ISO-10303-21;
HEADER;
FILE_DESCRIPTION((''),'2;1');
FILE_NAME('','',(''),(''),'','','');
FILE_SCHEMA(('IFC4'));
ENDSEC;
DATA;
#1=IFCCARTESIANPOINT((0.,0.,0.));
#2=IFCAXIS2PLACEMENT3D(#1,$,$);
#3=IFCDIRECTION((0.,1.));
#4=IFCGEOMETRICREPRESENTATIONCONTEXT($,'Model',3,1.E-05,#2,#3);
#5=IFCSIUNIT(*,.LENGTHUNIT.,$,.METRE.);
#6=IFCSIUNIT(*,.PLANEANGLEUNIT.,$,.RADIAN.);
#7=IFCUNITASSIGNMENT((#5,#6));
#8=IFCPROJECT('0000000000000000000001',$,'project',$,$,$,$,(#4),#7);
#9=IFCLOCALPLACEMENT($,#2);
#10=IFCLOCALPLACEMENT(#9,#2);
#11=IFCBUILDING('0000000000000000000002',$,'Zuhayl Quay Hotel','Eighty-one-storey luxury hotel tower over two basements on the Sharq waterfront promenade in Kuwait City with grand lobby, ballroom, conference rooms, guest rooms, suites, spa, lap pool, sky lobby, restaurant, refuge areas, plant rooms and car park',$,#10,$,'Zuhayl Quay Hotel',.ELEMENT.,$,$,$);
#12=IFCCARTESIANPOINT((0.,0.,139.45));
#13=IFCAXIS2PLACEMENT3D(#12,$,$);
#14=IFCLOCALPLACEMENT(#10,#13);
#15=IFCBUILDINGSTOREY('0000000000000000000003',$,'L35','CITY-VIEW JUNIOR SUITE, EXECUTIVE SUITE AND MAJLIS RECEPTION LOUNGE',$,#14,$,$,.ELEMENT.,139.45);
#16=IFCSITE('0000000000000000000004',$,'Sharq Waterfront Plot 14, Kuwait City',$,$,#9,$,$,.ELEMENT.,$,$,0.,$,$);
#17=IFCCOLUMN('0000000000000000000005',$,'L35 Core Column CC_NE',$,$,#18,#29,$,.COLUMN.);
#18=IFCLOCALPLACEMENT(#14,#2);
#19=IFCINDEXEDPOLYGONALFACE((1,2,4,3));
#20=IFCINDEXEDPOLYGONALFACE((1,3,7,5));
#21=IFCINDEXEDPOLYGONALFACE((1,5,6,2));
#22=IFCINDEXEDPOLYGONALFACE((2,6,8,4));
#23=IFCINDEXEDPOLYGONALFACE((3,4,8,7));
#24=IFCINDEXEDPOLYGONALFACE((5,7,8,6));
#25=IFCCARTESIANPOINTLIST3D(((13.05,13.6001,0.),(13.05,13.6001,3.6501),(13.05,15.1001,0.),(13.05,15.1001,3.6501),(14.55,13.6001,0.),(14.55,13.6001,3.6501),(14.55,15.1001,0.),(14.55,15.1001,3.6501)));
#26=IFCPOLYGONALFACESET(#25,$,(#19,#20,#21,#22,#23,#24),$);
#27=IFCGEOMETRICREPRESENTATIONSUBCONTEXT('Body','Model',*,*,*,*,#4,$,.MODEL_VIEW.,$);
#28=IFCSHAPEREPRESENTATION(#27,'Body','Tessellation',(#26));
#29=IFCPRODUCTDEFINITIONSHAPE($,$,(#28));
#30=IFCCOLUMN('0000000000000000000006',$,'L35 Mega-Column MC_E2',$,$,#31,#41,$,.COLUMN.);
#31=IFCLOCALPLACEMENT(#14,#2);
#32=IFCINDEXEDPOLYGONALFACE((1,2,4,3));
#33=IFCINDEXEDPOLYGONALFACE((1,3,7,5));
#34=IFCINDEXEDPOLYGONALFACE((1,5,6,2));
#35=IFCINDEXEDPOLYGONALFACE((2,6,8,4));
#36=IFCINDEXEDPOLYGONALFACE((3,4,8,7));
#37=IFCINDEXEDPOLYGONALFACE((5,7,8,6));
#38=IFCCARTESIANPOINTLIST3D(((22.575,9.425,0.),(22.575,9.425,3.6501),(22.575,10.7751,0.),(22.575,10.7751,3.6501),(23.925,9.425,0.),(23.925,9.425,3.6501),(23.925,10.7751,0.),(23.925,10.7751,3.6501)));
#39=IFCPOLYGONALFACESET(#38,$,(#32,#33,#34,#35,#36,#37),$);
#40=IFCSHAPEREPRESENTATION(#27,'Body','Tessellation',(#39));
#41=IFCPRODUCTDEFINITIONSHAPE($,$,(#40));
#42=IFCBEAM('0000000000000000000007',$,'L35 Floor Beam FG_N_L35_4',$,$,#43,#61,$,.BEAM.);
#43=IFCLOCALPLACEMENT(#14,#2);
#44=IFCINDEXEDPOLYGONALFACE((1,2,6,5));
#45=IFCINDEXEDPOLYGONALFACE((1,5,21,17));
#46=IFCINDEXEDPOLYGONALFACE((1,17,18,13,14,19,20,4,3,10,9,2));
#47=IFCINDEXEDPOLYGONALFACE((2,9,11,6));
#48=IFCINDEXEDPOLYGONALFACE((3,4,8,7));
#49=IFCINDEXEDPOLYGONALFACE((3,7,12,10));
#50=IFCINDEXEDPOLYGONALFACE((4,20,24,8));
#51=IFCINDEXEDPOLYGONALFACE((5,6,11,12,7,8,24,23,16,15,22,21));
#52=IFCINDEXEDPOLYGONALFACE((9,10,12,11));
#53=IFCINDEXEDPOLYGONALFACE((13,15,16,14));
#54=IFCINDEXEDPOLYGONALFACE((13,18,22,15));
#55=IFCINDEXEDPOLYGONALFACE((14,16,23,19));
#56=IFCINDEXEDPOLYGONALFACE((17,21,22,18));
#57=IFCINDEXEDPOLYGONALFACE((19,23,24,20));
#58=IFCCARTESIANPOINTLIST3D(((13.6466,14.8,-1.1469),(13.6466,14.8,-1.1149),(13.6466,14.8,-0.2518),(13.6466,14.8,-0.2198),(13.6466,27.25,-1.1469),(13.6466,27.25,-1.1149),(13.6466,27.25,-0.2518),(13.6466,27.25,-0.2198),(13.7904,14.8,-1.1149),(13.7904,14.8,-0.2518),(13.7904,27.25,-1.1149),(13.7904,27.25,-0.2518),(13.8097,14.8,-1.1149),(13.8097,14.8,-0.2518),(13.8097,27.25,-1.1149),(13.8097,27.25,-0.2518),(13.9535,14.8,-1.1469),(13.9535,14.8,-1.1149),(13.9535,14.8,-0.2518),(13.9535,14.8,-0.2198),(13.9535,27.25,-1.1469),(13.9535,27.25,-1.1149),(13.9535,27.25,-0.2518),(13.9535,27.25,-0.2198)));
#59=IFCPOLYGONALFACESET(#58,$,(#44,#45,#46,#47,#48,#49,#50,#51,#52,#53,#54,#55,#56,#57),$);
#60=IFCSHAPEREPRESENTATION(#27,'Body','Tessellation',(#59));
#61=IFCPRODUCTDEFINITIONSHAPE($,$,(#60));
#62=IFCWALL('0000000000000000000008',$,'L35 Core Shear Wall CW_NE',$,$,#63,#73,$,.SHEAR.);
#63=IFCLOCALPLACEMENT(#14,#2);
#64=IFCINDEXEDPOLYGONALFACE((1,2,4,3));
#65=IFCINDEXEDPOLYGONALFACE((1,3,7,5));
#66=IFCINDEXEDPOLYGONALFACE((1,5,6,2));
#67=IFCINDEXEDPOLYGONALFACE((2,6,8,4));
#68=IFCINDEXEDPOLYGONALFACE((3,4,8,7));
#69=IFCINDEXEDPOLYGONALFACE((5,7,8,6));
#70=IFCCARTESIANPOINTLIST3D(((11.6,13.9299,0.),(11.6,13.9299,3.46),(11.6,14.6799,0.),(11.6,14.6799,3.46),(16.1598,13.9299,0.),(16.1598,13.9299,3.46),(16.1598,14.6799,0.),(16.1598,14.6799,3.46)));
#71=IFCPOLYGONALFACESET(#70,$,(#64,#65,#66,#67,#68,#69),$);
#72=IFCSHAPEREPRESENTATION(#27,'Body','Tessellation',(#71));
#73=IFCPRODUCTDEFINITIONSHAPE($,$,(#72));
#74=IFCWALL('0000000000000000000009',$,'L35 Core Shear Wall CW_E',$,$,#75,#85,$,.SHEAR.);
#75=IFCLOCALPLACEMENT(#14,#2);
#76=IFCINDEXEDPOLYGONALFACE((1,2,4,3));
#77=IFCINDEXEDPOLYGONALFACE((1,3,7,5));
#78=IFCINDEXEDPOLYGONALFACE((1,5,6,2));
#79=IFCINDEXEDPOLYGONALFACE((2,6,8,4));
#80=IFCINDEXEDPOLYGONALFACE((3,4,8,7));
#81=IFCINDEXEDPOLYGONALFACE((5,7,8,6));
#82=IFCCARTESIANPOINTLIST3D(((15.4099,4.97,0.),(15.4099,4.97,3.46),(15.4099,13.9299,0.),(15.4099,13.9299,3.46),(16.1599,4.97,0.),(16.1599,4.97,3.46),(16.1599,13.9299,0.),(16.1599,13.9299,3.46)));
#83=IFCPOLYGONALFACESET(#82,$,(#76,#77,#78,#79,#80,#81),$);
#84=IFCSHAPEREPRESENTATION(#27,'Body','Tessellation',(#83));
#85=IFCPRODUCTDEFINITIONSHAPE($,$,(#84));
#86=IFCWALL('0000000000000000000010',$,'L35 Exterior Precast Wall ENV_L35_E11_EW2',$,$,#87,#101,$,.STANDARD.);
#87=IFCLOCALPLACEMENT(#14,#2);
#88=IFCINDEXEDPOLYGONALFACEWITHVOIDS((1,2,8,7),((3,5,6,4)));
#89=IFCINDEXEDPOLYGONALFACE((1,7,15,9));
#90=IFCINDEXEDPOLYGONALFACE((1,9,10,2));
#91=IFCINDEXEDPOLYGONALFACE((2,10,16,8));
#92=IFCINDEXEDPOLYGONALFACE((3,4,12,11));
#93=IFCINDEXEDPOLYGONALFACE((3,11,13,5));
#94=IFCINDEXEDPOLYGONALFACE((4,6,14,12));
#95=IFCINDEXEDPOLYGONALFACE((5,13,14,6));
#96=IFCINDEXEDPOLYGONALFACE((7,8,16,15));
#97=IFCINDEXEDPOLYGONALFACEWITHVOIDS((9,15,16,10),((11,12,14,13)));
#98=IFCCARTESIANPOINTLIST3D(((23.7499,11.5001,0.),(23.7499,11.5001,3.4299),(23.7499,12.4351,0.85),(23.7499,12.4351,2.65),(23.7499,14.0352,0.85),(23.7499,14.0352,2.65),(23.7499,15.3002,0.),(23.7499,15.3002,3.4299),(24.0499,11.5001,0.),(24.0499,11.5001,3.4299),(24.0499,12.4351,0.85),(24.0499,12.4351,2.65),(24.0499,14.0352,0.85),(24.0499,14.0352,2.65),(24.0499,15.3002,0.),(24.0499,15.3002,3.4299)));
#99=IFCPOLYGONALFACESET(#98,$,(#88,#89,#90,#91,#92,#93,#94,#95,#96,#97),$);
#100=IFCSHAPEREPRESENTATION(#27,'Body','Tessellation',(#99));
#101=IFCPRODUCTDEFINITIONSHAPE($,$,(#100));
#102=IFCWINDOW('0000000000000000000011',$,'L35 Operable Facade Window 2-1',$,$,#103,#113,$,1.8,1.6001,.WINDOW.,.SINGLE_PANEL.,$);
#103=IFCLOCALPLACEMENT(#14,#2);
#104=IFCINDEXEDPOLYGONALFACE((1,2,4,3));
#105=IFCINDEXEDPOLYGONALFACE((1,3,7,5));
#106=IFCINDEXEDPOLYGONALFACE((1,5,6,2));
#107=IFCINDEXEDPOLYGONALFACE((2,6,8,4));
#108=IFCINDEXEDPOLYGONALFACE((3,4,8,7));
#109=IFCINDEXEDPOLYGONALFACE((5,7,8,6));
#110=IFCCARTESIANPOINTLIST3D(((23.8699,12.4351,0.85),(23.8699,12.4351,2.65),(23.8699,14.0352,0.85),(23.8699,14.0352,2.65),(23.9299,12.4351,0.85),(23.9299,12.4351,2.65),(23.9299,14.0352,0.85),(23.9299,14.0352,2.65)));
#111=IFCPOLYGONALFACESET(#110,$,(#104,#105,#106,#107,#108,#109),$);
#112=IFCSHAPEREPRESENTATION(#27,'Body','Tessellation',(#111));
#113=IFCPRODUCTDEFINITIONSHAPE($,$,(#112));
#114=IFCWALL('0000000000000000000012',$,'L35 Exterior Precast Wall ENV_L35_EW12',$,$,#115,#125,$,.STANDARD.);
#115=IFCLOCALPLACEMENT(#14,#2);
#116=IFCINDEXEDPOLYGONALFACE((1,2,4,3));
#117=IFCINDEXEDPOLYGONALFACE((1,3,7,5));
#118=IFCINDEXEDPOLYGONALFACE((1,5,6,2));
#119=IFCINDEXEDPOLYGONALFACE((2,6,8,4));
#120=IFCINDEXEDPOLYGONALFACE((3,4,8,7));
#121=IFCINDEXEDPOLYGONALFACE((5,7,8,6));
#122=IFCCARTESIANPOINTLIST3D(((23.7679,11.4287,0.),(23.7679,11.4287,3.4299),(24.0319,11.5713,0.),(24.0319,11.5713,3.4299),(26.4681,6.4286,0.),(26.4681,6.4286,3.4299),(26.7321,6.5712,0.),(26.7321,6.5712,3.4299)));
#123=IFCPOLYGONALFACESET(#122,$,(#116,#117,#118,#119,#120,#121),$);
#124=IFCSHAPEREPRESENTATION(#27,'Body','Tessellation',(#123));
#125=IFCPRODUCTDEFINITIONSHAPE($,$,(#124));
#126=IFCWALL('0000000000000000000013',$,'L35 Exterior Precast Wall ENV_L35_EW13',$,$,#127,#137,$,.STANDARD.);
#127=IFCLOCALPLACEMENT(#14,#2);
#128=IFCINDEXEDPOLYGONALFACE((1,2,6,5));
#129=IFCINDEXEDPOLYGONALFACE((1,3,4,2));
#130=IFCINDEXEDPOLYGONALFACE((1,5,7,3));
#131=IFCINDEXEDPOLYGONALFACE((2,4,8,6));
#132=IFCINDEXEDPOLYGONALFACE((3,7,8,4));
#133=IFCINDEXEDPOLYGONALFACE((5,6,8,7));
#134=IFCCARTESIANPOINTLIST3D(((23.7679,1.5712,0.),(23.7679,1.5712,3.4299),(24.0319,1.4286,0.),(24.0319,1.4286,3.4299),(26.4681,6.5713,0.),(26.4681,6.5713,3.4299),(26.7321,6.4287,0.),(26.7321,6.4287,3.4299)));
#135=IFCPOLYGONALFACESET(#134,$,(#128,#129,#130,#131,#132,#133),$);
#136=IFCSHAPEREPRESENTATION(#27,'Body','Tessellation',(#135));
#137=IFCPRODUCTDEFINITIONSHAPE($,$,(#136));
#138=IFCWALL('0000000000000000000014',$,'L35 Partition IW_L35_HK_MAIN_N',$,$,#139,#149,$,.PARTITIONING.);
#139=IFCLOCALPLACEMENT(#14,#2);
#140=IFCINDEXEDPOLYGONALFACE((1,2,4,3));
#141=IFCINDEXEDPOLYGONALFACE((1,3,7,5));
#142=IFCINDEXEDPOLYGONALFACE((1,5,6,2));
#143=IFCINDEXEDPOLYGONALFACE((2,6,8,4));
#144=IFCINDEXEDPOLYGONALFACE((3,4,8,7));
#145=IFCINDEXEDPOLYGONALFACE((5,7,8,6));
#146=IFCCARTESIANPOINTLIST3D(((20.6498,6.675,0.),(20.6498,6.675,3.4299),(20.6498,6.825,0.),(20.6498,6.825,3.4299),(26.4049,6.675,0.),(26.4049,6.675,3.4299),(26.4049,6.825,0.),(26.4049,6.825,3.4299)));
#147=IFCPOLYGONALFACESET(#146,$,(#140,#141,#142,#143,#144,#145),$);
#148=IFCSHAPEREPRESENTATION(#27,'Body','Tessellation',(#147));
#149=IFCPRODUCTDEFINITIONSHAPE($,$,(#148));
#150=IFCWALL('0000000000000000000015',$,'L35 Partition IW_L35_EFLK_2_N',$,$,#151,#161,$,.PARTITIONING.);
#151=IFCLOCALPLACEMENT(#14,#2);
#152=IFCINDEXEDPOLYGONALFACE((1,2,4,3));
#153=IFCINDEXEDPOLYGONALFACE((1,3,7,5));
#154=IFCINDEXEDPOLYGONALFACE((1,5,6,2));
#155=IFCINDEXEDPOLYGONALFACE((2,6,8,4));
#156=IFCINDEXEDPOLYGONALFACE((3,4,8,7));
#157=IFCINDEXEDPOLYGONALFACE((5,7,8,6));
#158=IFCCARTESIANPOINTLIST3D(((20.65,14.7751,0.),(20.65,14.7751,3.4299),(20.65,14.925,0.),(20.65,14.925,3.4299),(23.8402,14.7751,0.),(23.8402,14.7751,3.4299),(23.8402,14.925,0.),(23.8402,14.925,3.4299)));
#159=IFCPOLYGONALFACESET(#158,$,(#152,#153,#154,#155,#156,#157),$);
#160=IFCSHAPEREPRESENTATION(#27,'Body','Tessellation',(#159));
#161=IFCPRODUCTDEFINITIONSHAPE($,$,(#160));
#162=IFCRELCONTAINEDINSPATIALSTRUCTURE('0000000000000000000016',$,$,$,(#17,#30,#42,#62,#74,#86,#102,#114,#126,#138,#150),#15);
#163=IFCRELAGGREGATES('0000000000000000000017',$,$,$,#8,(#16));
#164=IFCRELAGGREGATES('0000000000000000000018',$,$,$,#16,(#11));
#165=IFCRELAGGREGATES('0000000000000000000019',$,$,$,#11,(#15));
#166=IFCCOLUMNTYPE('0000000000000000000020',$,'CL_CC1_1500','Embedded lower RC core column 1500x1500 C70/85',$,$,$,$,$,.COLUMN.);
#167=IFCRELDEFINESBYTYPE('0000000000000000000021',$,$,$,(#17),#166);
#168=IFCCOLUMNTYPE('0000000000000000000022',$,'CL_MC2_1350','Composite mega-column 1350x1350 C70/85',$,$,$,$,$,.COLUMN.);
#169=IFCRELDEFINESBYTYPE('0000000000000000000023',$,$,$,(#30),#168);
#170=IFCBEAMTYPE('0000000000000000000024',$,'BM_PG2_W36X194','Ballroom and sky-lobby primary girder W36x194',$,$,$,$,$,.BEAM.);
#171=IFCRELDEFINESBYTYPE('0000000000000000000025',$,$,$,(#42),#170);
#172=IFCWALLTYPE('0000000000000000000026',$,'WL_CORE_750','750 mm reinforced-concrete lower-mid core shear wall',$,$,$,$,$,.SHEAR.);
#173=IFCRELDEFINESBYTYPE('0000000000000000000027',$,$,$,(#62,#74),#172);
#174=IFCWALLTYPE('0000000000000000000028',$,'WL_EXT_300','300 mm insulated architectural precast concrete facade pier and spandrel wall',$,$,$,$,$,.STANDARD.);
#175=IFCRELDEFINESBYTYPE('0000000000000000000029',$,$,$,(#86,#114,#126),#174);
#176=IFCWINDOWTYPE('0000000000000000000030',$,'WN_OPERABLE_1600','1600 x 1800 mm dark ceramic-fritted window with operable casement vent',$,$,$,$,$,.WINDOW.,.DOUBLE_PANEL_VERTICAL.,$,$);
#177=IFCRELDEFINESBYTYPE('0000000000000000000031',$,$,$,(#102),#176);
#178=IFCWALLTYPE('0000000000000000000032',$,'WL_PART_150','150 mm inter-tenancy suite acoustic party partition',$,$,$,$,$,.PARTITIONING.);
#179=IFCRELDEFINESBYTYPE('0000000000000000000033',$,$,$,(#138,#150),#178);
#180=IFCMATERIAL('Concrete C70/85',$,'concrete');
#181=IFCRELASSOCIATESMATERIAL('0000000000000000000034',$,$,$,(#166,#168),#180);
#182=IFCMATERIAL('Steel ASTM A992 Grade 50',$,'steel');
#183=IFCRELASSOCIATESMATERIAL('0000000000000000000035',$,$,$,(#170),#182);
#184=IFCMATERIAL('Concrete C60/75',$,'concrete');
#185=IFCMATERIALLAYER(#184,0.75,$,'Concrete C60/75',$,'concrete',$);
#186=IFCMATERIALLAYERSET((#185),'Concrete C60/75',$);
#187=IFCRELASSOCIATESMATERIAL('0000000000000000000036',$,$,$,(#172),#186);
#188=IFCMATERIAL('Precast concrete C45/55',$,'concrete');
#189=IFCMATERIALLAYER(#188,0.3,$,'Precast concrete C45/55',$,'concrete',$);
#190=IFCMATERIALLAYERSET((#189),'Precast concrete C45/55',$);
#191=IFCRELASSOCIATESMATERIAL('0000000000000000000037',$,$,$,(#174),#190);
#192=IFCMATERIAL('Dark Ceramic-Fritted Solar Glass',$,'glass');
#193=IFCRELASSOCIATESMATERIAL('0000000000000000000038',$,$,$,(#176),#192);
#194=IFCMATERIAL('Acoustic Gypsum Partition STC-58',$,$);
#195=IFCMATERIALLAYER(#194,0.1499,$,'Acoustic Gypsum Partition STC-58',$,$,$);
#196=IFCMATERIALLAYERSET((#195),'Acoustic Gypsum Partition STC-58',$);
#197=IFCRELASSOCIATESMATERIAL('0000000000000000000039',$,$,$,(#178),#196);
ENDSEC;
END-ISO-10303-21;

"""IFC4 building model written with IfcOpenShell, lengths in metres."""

from ifc_helpers import new_model, si_unit, direction, frame, frame_2d, origin, origin_2d, place, context, subcontext, project, spatial, rectangle, i_section, extrude, material, layer, layer_set, material_profile, profile_set, type_object, element, fill, save


model = new_model("IFC4")

# Units and contexts
model_context = context("Model", 3, precision=1e-05, world=origin(), true_north=direction((0.0, 1.0)))
body_context = subcontext(model_context, "Body", "Model", "MODEL_VIEW")
ifc_project = project(units=[si_unit("LENGTHUNIT", "METRE"), si_unit("PLANEANGLEUNIT", "RADIAN")], contexts=[model_context])

# Site, building, storey
site_placement = place(None, origin())
site = spatial("IfcSite", under=ifc_project, at=site_placement, Name="Sharq Waterfront Plot 14, Kuwait City", CompositionType="ELEMENT", RefElevation=0.0)
building_placement = place(site_placement, origin())
building = spatial("IfcBuilding", under=site, at=building_placement, Name="Zuhayl Quay Hotel", Description="Eighty-one-storey luxury hotel tower over two basements on the Sharq waterfront promenade in Kuwait City with grand lobby, ballroom, conference rooms, guest rooms, suites, spa, lap pool, sky lobby, restaurant, refuge areas, plant rooms and car park", LongName="Zuhayl Quay Hotel", CompositionType="ELEMENT")
storey_placement = place(building_placement, frame((0.0, 0.0, 139.45)))
storey = spatial("IfcBuildingStorey", under=building, at=storey_placement, Name="L35", Description="CITY-VIEW JUNIOR SUITE, EXECUTIVE SUITE AND MAJLIS RECEPTION LOUNGE", CompositionType="ELEMENT", Elevation=139.45)

# Columns
ifc_material_1 = material(Name="Concrete C70/85", Category="concrete")
ifc_material_profile_1 = material_profile(ifc_material_1, rectangle(XDim=1.5, YDim=1.5, at=origin_2d()), Name="RC1500X1500")
ifc_profile_set_1 = profile_set([ifc_material_profile_1], Name="Concrete C70/85")
column_type_1 = type_object("IfcColumnType", Name="CL_CC1_1500", Description="Embedded lower RC core column 1500x1500 C70/85", PredefinedType="COLUMN", material=ifc_profile_set_1)
column_1_placement = place(storey_placement, frame((13.8, 14.3501, 0.0), z_axis=(0.0, 0.0, 1.0), x_axis=(1.0, 0.0, 0.0)))
element("IfcColumn", 1, at=column_1_placement, inside=storey, type_object=column_type_1, Name="L35 Core Column CC_NE", PredefinedType="COLUMN", context=body_context, shape_type="SweptSolid", body=[
    extrude(rectangle(XDim=1.5, YDim=1.5, at=origin_2d()), origin(), (0.0, 0.0, 1.0), 3.6501),
])
ifc_material_profile_2 = material_profile(ifc_material_1, rectangle(XDim=1.3501, YDim=1.3501, at=origin_2d()), Name="RC1350X1350")
ifc_profile_set_2 = profile_set([ifc_material_profile_2], Name="Concrete C70/85")
column_type_2 = type_object("IfcColumnType", Name="CL_MC2_1350", Description="Composite mega-column 1350x1350 C70/85", PredefinedType="COLUMN", material=ifc_profile_set_2)
column_2_placement = place(storey_placement, frame((23.25, 10.1001, 0.0), z_axis=(0.0, 0.0, 1.0), x_axis=(1.0, 0.0, 0.0)))
element("IfcColumn", 2, at=column_2_placement, inside=storey, type_object=column_type_2, Name="L35 Mega-Column MC_E2", PredefinedType="COLUMN", context=body_context, shape_type="SweptSolid", body=[
    extrude(rectangle(XDim=1.3501, YDim=1.3501, at=origin_2d()), origin(), (0.0, 0.0, 1.0), 3.6501),
])

# Beam
ifc_material_2 = material(Name="Steel ASTM A992 Grade 50", Category="steel")
ifc_material_profile_3 = material_profile(ifc_material_2, i_section(OverallWidth=0.3069, OverallDepth=0.927, WebThickness=0.0193, FlangeThickness=0.032, at=origin_2d()), Name="W36X194")
ifc_profile_set_3 = profile_set([ifc_material_profile_3], Name="Steel ASTM A992 Grade 50")
beam_type = type_object("IfcBeamType", Name="BM_PG2_W36X194", Description="Ballroom and sky-lobby primary girder W36x194", PredefinedType="BEAM", material=ifc_profile_set_3)
beam_placement = place(storey_placement, frame((13.8, 14.8, -0.6833), z_axis=(0.0, 1.0, 0.0), x_axis=(-1.0, 0.0, 0.0)))
element("IfcBeam", 3, at=beam_placement, inside=storey, type_object=beam_type, Name="L35 Floor Beam FG_N_L35_4", PredefinedType="BEAM", context=body_context, shape_type="SweptSolid", body=[
    extrude(i_section(OverallWidth=0.3069, OverallDepth=0.927, WebThickness=0.0193, FlangeThickness=0.032, at=origin_2d()), origin(), (0.0, 0.0, 1.0), 12.45),
])

# Walls
ifc_material_3 = material(Name="Concrete C60/75", Category="concrete")
ifc_layer_1 = layer(ifc_material_3, 0.75, Name="Concrete C60/75", Category="concrete")
ifc_layer_set_1 = layer_set([ifc_layer_1], Name="Concrete C60/75")
wall_type_1 = type_object("IfcWallType", Name="WL_CORE_750", Description="750 mm reinforced-concrete lower-mid core shear wall", PredefinedType="SHEAR", material=ifc_layer_set_1)
wall_1_placement = place(storey_placement, frame((11.6001, 14.3049, 0.0), z_axis=(0.0, 0.0, 1.0), x_axis=(1.0, 0.0, 0.0)))
element("IfcWall", 4, at=wall_1_placement, inside=storey, type_object=wall_type_1, Name="L35 Core Shear Wall CW_NE", PredefinedType="SHEAR", context=body_context, shape_type="SweptSolid", body=[
    extrude(rectangle(XDim=4.5598, YDim=0.75, at=frame_2d((2.2798, 0.0))), origin(), (0.0, 0.0, 1.0), 3.46),
])
wall_2_placement = place(storey_placement, frame((15.7849, 4.97, 0.0), z_axis=(0.0, 0.0, 1.0), x_axis=(0.0, 1.0, 0.0)))
element("IfcWall", 5, at=wall_2_placement, inside=storey, type_object=wall_type_1, Name="L35 Core Shear Wall CW_E", PredefinedType="SHEAR", context=body_context, shape_type="SweptSolid", body=[
    extrude(rectangle(XDim=8.96, YDim=0.75, at=frame_2d((4.48, 0.0))), origin(), (0.0, 0.0, 1.0), 3.46),
])

# Wall, opening, window
ifc_material_4 = material(Name="Precast concrete C45/55", Category="concrete")
ifc_layer_2 = layer(ifc_material_4, 0.3, Name="Precast concrete C45/55", Category="concrete")
ifc_layer_set_2 = layer_set([ifc_layer_2], Name="Precast concrete C45/55")
wall_type_2 = type_object("IfcWallType", Name="WL_EXT_300", Description="300 mm insulated architectural precast concrete facade pier and spandrel wall", PredefinedType="STANDARD", material=ifc_layer_set_2)
wall_3_placement = place(storey_placement, frame((23.8999, 15.3, 0.0), z_axis=(0.0, 0.0, 1.0), x_axis=(0.0, -1.0, 0.0)))
wall_3 = element("IfcWall", 6, at=wall_3_placement, inside=storey, type_object=wall_type_2, Name="L35 Exterior Precast Wall ENV_L35_E11_EW2", PredefinedType="STANDARD", context=body_context, shape_type="SweptSolid", body=[
    extrude(rectangle(XDim=3.8, YDim=0.3, at=frame_2d((1.8999, 0.0))), origin(), (0.0, 0.0, 1.0), 3.4299),
])
opening_1_placement = place(wall_3_placement, frame((1.2649, 0.0, 0.8501)))
opening_1 = element("IfcOpeningElement", 7, at=opening_1_placement, cuts=wall_3, PredefinedType="OPENING", context=body_context, shape_type="SweptSolid", body=[
    extrude(rectangle(XDim=1.6001, YDim=1.8, at=frame_2d((0.8, 0.8999))), frame((0.0, 0.1599, 0.0), z_axis=(0.0, -1.0, 0.0), x_axis=(1.0, 0.0, 0.0)), (0.0, 0.0, 1.0), 0.3201),
])
ifc_material_5 = material(Name="Dark Ceramic-Fritted Solar Glass", Category="glass")
window_type = type_object("IfcWindowType", Name="WN_OPERABLE_1600", Description="1600 x 1800 mm dark ceramic-fritted window with operable casement vent", PartitioningType="DOUBLE_PANEL_VERTICAL", PredefinedType="WINDOW", material=ifc_material_5)
window_placement = place(opening_1_placement, origin())
window = element("IfcWindow", 8, at=window_placement, inside=storey, type_object=window_type, Name="L35 Operable Facade Window 2-1", OverallHeight=1.8, OverallWidth=1.6001, PartitioningType="SINGLE_PANEL", PredefinedType="WINDOW", context=body_context, shape_type="SweptSolid", body=[
    extrude(rectangle(XDim=1.6001, YDim=1.8, at=frame_2d((0.8, 0.8999))), frame((0.0, 0.03, 0.0), z_axis=(0.0, -1.0, 0.0), x_axis=(1.0, 0.0, 0.0)), (0.0, 0.0, 1.0), 0.0601),
])
fill(opening_1, window)

# Walls
for number, where, z_axis, x_axis, name in (
    (9, (23.8999, 11.5, 0.0), (0.0, 0.0, 1.0), (0.475176, -0.879891, 0.0), "L35 Exterior Precast Wall ENV_L35_EW12"),
    (10, (26.6001, 6.5, 0.0), (0.0, 0.0, 1.0), (-0.475176, -0.879891, 0.0), "L35 Exterior Precast Wall ENV_L35_EW13"),
):
    element("IfcWall", number, at=place(storey_placement, frame(where, z_axis=z_axis, x_axis=x_axis)), inside=storey, type_object=wall_type_2, Name=name, PredefinedType="STANDARD", context=body_context, shape_type="SweptSolid", body=[
        extrude(rectangle(XDim=5.6826, YDim=0.3, at=frame_2d((2.8413, 0.0))), origin(), (0.0, 0.0, 1.0), 3.4299),
    ])
ifc_material_6 = material(Name="Acoustic Gypsum Partition STC-58")
ifc_layer_3 = layer(ifc_material_6, 0.1499, Name="Acoustic Gypsum Partition STC-58")
ifc_layer_set_3 = layer_set([ifc_layer_3], Name="Acoustic Gypsum Partition STC-58")
wall_type_3 = type_object("IfcWallType", Name="WL_PART_150", Description="150 mm inter-tenancy suite acoustic party partition", PredefinedType="PARTITIONING", material=ifc_layer_set_3)
wall_4_placement = place(storey_placement, frame((20.6499, 6.75, 0.0), z_axis=(0.0, 0.0, 1.0), x_axis=(1.0, 0.0, 0.0)))
element("IfcWall", 11, at=wall_4_placement, inside=storey, type_object=wall_type_3, Name="L35 Partition IW_L35_HK_MAIN_N", PredefinedType="PARTITIONING", context=body_context, shape_type="SweptSolid", body=[
    extrude(rectangle(XDim=5.7551, YDim=0.1499, at=frame_2d((2.8774, 0.0))), origin(), (0.0, 0.0, 1.0), 3.4299),
])
wall_5_placement = place(storey_placement, frame((20.6499, 14.8501, 0.0), z_axis=(0.0, 0.0, 1.0), x_axis=(1.0, 0.0, 0.0)))
element("IfcWall", 12, at=wall_5_placement, inside=storey, type_object=wall_type_3, Name="L35 Partition IW_L35_EFLK_2_N", PredefinedType="PARTITIONING", context=body_context, shape_type="SweptSolid", body=[
    extrude(rectangle(XDim=3.1902, YDim=0.1499, at=frame_2d((1.5952, 0.0))), origin(), (0.0, 0.0, 1.0), 3.4299),
])

save(model, "model.ifc")
